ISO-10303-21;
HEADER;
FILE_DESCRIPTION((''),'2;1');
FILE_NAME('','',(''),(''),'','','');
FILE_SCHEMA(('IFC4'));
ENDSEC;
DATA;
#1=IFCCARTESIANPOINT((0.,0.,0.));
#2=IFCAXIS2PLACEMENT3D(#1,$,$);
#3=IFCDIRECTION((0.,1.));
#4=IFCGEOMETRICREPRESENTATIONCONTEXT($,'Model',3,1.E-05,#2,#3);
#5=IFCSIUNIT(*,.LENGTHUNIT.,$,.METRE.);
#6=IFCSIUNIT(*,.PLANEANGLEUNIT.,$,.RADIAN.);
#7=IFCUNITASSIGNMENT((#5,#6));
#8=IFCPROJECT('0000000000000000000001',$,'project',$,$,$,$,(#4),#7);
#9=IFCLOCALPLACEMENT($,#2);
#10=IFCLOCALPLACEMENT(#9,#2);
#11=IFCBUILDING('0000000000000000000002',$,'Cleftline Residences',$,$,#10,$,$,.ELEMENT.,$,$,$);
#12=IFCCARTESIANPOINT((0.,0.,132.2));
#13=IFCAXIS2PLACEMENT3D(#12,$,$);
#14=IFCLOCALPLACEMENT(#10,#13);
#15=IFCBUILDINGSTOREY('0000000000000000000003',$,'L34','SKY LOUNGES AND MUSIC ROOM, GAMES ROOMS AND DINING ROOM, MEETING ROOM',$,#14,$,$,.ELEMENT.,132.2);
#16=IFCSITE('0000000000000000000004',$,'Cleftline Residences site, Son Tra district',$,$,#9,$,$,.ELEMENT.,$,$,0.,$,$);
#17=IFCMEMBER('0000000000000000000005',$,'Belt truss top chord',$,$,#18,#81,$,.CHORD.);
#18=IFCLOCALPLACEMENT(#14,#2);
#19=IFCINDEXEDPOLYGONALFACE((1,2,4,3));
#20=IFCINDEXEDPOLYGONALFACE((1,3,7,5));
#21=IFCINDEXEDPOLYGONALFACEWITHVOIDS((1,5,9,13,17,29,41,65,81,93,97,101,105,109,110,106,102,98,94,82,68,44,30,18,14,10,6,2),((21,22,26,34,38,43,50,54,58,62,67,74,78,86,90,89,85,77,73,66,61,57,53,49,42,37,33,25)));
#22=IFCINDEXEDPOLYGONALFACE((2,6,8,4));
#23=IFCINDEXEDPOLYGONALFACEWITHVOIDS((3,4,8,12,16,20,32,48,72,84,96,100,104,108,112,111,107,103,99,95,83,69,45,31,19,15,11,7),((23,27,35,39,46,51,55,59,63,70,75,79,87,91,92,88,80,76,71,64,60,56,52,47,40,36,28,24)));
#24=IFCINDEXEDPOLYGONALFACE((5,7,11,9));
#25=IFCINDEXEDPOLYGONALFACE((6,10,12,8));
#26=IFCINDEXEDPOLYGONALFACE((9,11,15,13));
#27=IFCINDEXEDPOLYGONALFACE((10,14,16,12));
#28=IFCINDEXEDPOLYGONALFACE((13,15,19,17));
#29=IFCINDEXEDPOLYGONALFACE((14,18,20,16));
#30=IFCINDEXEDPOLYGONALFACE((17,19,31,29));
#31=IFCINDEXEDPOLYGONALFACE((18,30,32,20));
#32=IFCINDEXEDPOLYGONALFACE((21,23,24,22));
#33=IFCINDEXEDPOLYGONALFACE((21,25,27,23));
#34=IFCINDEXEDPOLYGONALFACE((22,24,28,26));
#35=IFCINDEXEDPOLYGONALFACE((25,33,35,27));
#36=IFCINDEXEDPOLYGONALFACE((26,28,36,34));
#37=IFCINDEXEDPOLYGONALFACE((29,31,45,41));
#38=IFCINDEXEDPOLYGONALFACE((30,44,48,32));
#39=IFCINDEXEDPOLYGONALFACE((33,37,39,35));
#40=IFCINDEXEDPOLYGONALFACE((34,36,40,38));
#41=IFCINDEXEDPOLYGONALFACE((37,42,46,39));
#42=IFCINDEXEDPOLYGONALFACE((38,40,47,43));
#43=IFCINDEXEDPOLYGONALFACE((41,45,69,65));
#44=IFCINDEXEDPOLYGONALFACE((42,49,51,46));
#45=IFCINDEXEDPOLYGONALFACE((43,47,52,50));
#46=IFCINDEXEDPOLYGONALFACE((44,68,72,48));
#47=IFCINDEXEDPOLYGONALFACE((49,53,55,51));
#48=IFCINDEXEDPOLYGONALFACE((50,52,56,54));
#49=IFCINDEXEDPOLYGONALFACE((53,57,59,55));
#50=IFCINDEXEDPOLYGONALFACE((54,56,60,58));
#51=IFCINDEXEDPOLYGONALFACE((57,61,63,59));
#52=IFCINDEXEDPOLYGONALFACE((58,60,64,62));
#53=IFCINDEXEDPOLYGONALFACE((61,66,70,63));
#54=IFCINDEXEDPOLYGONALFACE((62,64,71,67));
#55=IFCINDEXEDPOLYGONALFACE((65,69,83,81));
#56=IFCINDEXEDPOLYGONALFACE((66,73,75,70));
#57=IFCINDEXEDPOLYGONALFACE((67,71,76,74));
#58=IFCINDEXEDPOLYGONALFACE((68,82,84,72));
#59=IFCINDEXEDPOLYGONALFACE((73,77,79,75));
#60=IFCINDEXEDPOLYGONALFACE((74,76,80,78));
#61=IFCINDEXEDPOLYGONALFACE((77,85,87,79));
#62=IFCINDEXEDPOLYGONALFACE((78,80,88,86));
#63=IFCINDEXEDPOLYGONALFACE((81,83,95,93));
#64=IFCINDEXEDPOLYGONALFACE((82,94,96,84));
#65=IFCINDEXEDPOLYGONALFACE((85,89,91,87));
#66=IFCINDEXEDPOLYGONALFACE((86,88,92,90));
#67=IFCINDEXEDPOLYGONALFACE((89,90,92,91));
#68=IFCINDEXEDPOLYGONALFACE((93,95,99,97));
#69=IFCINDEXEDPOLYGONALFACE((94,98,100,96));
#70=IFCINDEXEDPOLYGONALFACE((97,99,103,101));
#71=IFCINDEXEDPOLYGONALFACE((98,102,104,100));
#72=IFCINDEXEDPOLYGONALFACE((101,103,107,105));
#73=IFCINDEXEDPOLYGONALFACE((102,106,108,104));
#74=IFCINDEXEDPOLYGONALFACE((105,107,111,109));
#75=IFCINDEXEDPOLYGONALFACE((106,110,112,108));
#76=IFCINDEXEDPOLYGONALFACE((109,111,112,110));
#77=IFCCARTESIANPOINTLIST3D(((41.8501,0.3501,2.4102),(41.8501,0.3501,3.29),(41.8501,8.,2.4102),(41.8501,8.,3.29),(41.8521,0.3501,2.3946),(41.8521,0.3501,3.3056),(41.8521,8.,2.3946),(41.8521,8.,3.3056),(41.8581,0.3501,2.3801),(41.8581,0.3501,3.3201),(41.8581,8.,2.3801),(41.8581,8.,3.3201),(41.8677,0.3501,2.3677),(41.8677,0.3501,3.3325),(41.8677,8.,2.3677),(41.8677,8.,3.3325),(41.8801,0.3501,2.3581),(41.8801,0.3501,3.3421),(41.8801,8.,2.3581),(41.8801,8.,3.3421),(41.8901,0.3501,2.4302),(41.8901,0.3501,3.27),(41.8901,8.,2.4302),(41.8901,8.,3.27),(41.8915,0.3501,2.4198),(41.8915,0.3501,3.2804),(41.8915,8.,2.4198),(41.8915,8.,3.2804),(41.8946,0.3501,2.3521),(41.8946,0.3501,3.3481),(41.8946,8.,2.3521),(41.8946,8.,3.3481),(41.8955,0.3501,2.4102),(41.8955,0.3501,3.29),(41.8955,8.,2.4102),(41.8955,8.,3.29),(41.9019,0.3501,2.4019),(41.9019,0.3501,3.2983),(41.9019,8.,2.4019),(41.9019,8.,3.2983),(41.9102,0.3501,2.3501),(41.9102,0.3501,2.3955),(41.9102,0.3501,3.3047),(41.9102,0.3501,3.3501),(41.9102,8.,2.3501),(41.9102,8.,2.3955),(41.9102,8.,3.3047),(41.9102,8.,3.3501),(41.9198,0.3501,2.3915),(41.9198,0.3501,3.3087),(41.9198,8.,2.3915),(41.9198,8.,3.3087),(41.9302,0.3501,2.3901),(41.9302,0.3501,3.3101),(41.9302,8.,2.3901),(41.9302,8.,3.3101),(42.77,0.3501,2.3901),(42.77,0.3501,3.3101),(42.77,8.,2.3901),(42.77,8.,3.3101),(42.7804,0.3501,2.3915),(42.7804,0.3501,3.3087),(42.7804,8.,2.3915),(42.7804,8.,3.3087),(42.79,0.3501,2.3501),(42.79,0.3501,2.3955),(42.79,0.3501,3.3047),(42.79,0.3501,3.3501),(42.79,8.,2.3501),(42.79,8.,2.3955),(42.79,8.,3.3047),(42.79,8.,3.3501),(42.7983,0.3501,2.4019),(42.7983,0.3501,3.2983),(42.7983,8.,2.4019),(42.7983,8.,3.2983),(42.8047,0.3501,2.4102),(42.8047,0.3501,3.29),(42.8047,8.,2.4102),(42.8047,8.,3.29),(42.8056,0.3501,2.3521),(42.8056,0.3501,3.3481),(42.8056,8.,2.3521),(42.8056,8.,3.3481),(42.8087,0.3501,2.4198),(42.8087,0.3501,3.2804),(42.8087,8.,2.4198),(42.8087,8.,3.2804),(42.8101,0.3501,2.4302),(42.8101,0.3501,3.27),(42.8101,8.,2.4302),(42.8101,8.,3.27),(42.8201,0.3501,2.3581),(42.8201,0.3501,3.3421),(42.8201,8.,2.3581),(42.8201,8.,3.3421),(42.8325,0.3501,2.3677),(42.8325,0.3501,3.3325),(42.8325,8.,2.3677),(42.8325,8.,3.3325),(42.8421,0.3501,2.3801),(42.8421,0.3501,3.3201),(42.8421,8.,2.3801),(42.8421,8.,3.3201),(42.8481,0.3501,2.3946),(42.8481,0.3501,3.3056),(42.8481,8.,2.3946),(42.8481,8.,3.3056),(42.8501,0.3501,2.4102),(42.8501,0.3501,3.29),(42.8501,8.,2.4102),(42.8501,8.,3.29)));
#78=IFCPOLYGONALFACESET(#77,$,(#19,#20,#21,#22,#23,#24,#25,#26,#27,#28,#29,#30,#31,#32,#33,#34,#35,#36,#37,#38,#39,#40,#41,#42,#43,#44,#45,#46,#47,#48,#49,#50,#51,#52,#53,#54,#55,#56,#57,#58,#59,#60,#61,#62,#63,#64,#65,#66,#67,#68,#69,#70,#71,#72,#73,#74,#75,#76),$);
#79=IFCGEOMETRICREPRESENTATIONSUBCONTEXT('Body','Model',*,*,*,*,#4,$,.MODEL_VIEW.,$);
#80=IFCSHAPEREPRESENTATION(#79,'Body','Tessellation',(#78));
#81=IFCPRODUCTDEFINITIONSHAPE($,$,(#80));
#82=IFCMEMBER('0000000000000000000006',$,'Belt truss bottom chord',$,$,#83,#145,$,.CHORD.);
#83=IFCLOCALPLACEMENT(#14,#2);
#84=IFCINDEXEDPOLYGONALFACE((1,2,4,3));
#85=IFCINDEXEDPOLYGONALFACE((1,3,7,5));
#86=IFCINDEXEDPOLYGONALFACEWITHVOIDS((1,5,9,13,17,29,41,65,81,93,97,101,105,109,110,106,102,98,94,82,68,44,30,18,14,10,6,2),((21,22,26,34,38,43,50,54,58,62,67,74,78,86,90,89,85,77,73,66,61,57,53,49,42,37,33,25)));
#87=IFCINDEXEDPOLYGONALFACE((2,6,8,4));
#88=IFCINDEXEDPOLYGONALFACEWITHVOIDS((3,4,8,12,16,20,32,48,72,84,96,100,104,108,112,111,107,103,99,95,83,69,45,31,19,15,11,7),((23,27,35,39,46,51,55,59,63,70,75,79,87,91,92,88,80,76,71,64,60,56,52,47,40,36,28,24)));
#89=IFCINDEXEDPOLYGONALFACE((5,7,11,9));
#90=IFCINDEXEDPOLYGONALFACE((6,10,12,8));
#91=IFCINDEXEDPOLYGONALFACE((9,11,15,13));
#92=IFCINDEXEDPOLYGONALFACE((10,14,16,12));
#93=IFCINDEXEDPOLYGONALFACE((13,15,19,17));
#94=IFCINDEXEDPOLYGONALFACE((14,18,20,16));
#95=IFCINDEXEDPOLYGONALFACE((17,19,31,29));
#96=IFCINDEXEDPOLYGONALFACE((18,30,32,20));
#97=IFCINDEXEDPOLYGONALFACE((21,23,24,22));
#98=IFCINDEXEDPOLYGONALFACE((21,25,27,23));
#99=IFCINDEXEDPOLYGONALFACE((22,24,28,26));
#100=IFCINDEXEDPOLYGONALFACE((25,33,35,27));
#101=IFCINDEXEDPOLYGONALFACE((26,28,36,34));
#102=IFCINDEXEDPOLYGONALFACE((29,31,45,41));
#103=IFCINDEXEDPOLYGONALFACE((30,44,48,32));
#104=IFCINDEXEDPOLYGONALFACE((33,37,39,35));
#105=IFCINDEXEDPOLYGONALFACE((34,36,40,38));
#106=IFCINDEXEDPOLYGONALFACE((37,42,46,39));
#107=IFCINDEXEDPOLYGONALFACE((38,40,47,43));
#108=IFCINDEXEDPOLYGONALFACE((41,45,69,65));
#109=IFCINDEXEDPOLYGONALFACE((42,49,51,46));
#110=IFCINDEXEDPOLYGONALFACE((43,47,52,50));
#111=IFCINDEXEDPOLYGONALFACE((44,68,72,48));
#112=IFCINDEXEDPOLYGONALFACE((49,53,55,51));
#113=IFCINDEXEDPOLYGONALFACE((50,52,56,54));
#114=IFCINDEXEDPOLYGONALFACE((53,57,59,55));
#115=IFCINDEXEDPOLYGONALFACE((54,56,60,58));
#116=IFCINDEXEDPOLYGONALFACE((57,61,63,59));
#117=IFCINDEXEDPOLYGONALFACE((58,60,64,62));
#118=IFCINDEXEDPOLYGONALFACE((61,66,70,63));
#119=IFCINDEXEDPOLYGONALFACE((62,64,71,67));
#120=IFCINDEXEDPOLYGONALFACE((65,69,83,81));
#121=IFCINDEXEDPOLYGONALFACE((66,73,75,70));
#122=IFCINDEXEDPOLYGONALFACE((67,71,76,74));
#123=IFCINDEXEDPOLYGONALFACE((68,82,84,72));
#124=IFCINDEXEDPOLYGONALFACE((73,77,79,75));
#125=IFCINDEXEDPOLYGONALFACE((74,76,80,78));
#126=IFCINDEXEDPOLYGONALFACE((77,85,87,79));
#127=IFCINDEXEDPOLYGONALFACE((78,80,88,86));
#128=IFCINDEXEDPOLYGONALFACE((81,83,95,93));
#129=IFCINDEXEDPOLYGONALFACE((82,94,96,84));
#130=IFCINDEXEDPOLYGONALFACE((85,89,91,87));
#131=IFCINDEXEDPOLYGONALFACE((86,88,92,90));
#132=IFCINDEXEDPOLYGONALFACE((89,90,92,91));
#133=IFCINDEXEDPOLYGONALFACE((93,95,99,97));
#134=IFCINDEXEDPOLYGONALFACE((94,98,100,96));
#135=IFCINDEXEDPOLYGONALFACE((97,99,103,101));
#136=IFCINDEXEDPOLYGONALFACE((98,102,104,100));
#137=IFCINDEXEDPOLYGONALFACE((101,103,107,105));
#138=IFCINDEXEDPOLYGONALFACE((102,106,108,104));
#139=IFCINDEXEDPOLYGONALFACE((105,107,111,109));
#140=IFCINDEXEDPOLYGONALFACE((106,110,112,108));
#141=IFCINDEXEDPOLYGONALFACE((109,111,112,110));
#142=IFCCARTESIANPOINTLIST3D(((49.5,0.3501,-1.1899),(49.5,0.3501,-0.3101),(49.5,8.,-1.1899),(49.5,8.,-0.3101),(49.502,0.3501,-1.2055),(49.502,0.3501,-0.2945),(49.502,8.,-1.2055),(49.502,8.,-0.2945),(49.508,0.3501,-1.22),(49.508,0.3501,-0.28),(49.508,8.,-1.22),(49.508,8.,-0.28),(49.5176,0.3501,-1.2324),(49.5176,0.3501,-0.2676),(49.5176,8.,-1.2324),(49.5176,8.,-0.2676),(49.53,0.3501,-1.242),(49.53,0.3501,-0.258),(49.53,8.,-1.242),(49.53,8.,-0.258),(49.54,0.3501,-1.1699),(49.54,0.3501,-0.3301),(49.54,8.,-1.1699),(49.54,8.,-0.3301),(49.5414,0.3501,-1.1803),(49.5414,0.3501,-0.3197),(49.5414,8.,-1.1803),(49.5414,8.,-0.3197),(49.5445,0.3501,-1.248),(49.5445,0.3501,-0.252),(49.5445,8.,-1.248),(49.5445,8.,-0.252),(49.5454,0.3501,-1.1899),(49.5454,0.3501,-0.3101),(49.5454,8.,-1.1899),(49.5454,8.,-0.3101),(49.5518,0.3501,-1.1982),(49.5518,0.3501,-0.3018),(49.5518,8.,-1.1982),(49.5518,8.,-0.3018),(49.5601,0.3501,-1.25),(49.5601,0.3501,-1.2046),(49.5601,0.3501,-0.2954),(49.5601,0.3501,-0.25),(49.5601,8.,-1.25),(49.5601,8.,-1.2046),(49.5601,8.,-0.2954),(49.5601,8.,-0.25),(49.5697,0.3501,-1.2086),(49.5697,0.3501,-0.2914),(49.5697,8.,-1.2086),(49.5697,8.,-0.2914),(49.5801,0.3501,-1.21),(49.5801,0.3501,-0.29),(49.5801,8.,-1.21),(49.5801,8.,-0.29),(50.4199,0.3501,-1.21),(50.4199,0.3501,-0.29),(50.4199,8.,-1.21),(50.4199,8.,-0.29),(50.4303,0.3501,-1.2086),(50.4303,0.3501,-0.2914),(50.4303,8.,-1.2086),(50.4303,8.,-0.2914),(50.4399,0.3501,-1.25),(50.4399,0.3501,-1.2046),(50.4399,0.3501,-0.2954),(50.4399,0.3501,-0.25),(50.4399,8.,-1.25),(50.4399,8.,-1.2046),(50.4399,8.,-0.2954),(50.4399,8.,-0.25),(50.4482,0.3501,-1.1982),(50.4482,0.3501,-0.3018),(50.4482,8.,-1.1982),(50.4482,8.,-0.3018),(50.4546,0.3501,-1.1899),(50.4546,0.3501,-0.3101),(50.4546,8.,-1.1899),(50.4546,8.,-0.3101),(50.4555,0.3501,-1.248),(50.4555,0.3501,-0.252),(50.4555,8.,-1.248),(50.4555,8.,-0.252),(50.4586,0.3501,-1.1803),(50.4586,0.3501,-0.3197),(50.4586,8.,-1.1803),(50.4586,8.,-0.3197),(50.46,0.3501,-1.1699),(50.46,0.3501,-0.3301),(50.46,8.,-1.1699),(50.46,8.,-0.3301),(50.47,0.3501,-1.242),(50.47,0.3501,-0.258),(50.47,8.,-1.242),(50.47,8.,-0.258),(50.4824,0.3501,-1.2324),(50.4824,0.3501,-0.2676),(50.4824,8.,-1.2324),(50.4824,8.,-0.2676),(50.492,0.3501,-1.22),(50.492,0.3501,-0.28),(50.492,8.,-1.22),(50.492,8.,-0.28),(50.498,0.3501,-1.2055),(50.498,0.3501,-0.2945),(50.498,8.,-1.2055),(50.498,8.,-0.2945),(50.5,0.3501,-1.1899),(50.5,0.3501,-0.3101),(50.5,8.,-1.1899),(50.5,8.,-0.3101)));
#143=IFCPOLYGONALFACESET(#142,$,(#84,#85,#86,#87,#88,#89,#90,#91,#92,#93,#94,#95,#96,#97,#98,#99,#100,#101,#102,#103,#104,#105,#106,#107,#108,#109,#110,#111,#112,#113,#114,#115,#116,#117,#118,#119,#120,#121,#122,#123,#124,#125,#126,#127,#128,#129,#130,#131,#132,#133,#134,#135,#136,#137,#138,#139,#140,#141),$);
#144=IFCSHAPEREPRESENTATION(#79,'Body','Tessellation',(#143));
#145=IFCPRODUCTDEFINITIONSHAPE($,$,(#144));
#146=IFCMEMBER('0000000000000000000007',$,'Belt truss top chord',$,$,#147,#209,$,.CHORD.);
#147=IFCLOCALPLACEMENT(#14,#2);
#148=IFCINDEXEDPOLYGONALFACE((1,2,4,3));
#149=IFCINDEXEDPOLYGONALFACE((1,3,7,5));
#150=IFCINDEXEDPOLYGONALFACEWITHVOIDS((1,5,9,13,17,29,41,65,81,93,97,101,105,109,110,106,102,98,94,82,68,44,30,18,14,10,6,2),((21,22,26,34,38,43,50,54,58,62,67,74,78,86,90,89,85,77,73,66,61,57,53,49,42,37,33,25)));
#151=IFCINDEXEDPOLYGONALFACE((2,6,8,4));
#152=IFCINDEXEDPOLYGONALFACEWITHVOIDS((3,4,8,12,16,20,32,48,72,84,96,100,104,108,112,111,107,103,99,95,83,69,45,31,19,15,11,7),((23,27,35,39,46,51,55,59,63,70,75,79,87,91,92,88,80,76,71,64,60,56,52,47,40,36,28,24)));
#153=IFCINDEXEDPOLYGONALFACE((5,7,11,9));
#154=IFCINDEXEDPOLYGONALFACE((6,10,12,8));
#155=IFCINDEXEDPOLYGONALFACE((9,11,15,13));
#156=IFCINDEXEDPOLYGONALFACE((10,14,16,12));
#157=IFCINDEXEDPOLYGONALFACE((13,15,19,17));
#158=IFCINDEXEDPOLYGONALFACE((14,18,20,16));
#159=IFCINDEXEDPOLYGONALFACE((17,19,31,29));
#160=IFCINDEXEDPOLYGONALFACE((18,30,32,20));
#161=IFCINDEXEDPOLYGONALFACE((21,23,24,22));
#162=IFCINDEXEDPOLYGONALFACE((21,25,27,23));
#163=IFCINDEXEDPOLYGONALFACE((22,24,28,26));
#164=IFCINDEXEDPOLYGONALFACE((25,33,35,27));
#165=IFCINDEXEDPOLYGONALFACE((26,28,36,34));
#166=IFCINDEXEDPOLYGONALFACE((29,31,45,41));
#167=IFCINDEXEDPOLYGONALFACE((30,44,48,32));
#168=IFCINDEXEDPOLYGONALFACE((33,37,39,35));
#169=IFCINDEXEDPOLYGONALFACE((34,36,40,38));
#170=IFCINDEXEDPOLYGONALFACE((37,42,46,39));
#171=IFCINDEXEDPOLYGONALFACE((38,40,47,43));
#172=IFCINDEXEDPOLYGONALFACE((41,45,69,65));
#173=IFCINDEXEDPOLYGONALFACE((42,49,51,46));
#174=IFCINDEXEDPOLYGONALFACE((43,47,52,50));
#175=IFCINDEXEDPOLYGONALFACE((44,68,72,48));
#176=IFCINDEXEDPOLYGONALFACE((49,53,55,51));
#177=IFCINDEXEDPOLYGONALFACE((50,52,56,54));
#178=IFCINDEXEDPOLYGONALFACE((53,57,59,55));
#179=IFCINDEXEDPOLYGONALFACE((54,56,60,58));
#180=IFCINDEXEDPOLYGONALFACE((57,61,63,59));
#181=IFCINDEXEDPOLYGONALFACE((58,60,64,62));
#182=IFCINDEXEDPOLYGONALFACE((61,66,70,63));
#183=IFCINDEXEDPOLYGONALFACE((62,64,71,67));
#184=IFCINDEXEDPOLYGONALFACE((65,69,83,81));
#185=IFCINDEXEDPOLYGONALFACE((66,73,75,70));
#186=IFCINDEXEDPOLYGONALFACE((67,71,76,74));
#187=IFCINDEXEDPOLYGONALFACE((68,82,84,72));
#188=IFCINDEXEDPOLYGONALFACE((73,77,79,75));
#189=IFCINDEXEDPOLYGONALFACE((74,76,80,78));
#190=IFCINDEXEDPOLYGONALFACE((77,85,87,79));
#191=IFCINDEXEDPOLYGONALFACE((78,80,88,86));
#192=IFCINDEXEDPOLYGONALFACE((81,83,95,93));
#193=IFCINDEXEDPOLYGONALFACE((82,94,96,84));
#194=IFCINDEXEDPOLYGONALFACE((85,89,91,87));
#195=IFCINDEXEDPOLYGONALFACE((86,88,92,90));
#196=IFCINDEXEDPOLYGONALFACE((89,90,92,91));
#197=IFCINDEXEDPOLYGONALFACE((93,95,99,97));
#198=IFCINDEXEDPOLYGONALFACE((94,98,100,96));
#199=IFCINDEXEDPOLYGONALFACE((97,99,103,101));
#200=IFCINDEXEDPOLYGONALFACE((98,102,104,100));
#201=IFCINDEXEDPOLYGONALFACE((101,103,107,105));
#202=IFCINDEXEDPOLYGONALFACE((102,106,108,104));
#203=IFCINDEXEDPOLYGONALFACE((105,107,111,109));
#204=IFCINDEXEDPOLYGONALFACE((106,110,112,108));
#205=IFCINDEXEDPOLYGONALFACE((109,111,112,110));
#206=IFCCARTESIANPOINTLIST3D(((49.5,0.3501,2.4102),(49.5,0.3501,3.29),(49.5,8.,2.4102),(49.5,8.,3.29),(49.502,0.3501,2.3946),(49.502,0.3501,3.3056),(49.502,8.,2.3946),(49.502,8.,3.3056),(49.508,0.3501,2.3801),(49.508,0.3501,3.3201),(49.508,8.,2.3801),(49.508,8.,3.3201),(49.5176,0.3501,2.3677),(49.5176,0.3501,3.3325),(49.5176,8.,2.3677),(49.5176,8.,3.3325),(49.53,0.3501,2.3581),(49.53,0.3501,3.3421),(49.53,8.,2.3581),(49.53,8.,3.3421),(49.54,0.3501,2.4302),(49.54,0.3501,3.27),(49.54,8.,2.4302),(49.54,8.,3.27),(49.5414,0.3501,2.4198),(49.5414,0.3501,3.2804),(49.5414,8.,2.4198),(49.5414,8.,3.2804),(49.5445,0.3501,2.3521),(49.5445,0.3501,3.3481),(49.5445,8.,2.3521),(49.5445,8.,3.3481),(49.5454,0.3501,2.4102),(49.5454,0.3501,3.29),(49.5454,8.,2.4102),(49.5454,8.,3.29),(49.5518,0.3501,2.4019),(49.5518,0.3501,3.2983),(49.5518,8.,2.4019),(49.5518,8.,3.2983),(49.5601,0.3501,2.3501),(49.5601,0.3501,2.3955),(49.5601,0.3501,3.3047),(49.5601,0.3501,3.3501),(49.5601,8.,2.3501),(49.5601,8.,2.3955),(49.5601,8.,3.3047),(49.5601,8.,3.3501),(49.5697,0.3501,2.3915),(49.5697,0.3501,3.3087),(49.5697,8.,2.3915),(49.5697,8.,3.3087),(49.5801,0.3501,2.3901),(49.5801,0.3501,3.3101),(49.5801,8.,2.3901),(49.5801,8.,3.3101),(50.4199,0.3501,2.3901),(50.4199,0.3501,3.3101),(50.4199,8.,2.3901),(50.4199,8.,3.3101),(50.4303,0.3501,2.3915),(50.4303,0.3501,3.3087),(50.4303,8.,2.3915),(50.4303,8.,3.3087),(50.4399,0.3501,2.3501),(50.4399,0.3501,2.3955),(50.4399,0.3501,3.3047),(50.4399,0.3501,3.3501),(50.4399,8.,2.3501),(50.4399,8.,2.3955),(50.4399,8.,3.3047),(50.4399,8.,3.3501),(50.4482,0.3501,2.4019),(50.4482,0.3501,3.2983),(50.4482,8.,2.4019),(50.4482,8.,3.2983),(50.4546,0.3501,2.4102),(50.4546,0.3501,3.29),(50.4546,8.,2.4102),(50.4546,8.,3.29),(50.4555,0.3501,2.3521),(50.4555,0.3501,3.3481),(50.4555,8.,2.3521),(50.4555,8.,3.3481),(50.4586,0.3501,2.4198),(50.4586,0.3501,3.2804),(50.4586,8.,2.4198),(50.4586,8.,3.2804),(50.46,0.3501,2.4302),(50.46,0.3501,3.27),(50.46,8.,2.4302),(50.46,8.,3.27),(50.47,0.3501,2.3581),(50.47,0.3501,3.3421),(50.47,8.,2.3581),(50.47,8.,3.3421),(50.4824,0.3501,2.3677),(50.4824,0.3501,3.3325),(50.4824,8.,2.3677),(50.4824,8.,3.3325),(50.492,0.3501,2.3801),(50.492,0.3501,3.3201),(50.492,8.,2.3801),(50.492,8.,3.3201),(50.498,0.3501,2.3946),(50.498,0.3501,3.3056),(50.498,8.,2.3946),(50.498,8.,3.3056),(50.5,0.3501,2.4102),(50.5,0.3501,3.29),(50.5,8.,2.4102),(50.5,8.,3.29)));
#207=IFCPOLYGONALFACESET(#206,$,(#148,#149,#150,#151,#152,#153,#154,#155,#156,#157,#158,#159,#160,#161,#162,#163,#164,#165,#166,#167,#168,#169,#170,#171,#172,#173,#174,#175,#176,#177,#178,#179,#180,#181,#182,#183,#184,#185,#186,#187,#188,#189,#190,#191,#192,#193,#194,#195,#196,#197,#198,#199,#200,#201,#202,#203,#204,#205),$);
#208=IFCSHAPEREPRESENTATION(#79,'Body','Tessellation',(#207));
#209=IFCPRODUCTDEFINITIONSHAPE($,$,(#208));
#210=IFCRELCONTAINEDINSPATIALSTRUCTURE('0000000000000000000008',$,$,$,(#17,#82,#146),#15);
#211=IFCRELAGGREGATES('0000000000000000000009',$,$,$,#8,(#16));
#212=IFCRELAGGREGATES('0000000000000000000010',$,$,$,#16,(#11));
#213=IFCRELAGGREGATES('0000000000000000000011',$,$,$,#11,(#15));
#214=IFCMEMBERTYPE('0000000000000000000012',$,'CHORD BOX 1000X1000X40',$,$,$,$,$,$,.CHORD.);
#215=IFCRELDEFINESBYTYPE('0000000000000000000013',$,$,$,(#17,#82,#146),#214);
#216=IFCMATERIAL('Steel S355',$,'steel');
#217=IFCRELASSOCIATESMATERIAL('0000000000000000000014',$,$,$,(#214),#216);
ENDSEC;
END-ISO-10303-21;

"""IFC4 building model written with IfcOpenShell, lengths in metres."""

from ifc_helpers import new_model, si_unit, direction, frame, origin, origin_2d, place, context, subcontext, project, spatial, hollow_rectangle, extrude, material, material_profile, profile_set, type_object, element, save


model = new_model("IFC4")

# Units and contexts
model_context = context("Model", 3, precision=1e-05, world=origin(), true_north=direction((0.0, 1.0)))
body_context = subcontext(model_context, "Body", "Model", "MODEL_VIEW")
ifc_project = project(units=[si_unit("LENGTHUNIT", "METRE"), si_unit("PLANEANGLEUNIT", "RADIAN")], contexts=[model_context])

# Site, building, storey
site_placement = place(None, origin())
site = spatial("IfcSite", under=ifc_project, at=site_placement, Name="Cleftline Residences site, Son Tra district", CompositionType="ELEMENT", RefElevation=0.0)
building_placement = place(site_placement, origin())
building = spatial("IfcBuilding", under=site, at=building_placement, Name="Cleftline Residences", CompositionType="ELEMENT")
storey_placement = place(building_placement, frame((0.0, 0.0, 132.2)))
storey = spatial("IfcBuildingStorey", under=building, at=storey_placement, Name="L34", Description="SKY LOUNGES AND MUSIC ROOM, GAMES ROOMS AND DINING ROOM, MEETING ROOM", CompositionType="ELEMENT", Elevation=132.2)

# Members
ifc_material_1 = material(Name="Steel S355", Category="steel")
ifc_material_profile_1 = material_profile(ifc_material_1, hollow_rectangle(XDim=1.0, YDim=1.0, WallThickness=0.04, InnerFilletRadius=0.04, OuterFilletRadius=0.0601, at=origin_2d()))
ifc_profile_set_1 = profile_set([ifc_material_profile_1], Name="Steel S355")
member_type_1 = type_object("IfcMemberType", Name="CHORD BOX 1000X1000X40", PredefinedType="CHORD", material=ifc_profile_set_1)
for number, where, z_axis, x_axis, name in (
    (1, (42.3501, 0.3501, 2.8501), (0.0, 1.0, 0.0), (-1.0, 0.0, 0.0), "Belt truss top chord"),
    (2, (50.0, 0.3501, -0.75), (0.0, 1.0, 0.0), (-1.0, 0.0, 0.0), "Belt truss bottom chord"),
    (3, (50.0, 0.3501, 2.8501), (0.0, 1.0, 0.0), (-1.0, 0.0, 0.0), "Belt truss top chord"),
):
    element("IfcMember", number, at=place(storey_placement, frame(where, z_axis=z_axis, x_axis=x_axis)), inside=storey, type_object=member_type_1, Name=name, PredefinedType="CHORD", context=body_context, shape_type="SweptSolid", body=[
        extrude(hollow_rectangle(XDim=1.0, YDim=1.0, WallThickness=0.04, InnerFilletRadius=0.04, OuterFilletRadius=0.0601, at=origin_2d()), origin(), (0.0, 0.0, 1.0), 7.6499),
    ])

save(model, "model.ifc")
